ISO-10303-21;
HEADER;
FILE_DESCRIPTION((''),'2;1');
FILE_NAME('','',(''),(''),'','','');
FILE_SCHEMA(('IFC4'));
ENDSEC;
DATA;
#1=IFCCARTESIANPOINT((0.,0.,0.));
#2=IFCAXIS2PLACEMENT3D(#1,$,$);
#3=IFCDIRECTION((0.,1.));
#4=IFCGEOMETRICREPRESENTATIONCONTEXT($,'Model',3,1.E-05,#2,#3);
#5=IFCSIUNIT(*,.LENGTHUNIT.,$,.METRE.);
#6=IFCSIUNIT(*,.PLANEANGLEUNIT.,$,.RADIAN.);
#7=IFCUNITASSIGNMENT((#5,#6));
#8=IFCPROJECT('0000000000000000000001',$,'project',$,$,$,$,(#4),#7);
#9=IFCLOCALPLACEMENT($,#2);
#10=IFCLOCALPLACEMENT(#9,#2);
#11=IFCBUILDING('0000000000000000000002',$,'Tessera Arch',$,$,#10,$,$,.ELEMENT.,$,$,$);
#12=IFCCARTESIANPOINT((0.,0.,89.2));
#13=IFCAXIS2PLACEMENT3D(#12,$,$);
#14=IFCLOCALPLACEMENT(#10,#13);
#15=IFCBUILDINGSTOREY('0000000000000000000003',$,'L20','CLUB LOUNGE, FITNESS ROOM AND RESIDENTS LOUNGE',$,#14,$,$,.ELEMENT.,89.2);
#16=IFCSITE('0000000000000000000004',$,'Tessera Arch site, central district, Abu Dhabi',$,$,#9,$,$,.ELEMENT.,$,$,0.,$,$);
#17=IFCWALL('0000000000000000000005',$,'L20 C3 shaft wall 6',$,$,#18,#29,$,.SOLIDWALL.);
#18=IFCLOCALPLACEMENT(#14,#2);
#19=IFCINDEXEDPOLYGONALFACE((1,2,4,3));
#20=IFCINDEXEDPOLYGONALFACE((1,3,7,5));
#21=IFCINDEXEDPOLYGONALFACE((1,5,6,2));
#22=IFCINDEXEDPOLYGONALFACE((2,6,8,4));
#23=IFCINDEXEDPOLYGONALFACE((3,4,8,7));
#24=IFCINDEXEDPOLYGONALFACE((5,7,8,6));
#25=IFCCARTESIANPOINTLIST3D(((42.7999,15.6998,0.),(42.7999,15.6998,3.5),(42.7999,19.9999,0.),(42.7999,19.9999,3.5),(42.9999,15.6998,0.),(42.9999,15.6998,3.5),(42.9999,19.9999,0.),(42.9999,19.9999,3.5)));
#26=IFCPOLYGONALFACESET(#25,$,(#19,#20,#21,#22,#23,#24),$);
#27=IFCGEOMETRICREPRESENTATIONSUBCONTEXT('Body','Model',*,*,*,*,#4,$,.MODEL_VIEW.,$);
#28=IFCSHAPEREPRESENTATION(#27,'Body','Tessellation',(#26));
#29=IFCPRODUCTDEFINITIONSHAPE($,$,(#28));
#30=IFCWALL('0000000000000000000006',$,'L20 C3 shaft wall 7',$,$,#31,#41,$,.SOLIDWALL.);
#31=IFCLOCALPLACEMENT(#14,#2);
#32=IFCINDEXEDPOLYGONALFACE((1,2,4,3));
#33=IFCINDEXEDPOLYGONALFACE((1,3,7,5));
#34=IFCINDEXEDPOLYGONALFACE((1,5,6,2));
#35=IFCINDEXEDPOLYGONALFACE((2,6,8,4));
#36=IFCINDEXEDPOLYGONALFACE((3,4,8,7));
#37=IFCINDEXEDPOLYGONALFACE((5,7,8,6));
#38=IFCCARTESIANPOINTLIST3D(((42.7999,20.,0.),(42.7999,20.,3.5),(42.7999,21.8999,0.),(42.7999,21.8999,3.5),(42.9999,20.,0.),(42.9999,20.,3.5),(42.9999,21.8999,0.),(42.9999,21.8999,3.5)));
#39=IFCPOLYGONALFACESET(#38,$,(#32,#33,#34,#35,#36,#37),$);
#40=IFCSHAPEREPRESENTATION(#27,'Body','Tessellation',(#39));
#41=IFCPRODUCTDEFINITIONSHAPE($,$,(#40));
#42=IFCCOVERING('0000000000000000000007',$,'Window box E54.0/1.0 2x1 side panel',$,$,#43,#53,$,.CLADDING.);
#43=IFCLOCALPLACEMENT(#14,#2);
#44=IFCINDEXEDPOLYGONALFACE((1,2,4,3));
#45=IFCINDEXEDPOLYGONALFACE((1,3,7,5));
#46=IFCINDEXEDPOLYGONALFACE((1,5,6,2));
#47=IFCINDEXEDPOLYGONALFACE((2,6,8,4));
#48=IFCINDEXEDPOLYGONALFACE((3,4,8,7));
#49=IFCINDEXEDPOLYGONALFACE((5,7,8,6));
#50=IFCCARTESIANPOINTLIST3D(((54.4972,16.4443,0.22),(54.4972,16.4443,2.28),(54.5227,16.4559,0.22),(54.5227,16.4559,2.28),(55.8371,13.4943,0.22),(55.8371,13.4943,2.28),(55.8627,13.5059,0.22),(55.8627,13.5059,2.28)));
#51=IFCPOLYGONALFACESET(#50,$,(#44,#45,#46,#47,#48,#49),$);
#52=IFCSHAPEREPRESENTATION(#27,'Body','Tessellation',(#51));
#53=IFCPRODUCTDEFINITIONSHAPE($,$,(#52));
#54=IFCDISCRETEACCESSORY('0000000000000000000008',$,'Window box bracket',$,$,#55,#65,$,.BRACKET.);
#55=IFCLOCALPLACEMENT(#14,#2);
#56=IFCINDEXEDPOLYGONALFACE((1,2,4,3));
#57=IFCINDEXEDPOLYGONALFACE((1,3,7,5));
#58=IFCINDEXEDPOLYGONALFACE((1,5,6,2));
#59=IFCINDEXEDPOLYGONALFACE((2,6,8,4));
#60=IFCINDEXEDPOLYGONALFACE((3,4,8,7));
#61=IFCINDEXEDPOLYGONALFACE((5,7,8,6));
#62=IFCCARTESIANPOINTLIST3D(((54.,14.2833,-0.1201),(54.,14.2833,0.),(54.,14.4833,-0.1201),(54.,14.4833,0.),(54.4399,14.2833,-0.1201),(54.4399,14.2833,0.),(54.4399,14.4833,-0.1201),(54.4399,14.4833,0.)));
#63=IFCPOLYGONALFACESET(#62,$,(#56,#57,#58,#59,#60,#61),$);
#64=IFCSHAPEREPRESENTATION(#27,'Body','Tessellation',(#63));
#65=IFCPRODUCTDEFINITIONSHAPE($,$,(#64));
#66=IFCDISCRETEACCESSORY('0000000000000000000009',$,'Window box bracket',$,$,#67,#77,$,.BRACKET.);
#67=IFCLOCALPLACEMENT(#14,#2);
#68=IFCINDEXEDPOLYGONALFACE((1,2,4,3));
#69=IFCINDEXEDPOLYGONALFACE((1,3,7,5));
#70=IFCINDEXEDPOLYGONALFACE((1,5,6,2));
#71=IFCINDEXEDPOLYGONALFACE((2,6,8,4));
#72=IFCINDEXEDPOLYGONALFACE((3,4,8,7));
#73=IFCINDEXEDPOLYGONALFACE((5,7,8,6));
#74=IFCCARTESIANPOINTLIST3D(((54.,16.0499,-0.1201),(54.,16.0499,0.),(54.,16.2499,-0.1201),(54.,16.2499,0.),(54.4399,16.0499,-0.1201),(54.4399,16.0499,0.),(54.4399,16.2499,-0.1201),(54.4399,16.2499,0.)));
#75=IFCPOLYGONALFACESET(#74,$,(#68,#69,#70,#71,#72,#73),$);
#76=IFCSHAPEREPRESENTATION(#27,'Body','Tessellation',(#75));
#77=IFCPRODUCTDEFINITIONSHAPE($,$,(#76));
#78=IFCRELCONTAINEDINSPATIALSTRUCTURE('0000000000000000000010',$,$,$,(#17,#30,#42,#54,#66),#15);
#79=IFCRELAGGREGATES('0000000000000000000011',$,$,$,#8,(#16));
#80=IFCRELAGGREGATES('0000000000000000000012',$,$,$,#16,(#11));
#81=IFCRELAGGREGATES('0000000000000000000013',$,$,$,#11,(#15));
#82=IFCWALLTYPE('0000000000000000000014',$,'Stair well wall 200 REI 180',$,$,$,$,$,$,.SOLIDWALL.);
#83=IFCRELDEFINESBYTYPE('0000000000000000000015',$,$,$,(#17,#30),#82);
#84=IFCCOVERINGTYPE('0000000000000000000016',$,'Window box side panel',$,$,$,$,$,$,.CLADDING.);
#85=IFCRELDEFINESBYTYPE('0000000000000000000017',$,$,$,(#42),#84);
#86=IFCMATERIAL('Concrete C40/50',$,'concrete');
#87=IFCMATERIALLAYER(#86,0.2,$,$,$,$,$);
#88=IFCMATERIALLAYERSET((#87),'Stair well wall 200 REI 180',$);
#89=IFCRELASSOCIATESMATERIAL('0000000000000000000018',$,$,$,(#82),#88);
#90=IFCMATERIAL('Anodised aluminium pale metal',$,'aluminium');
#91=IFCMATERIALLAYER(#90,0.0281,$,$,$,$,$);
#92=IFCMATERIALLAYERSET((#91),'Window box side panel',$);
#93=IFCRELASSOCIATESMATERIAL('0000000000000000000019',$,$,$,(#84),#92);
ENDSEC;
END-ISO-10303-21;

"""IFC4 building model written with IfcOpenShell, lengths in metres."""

from ifc_helpers import new_model, si_unit, direction, frame, frame_2d, origin, origin_2d, place, context, subcontext, project, spatial, rectangle, extrude, material, layer, layer_set, type_object, element, save


model = new_model("IFC4")

# Units and contexts
model_context = context("Model", 3, precision=1e-05, world=origin(), true_north=direction((0.0, 1.0)))
body_context = subcontext(model_context, "Body", "Model", "MODEL_VIEW")
ifc_project = project(units=[si_unit("LENGTHUNIT", "METRE"), si_unit("PLANEANGLEUNIT", "RADIAN")], contexts=[model_context])

# Site, building, storey
site_placement = place(None, origin())
site = spatial("IfcSite", under=ifc_project, at=site_placement, Name="Tessera Arch site, central district, Abu Dhabi", CompositionType="ELEMENT", RefElevation=0.0)
building_placement = place(site_placement, origin())
building = spatial("IfcBuilding", under=site, at=building_placement, Name="Tessera Arch", CompositionType="ELEMENT")
storey_placement = place(building_placement, frame((0.0, 0.0, 89.2)))
storey = spatial("IfcBuildingStorey", under=building, at=storey_placement, Name="L20", Description="CLUB LOUNGE, FITNESS ROOM AND RESIDENTS LOUNGE", CompositionType="ELEMENT", Elevation=89.2)

# Walls
ifc_material_1 = material(Name="Concrete C40/50", Category="concrete")
ifc_layer_1 = layer(ifc_material_1, 0.2)
ifc_layer_set_1 = layer_set([ifc_layer_1], Name="Stair well wall 200 REI 180")
wall_type_1 = type_object("IfcWallType", Name="Stair well wall 200 REI 180", PredefinedType="SOLIDWALL", material=ifc_layer_set_1)
wall_1_placement = place(storey_placement, frame((42.8999, 15.7, 0.0), z_axis=(0.0, 0.0, 1.0), x_axis=(0.0, 1.0, 0.0)))
element("IfcWall", 1, at=wall_1_placement, inside=storey, type_object=wall_type_1, Name="L20 C3 shaft wall 6", PredefinedType="SOLIDWALL", context=body_context, shape_type="SweptSolid", body=[
    extrude(rectangle(XDim=4.3, YDim=0.2, at=frame_2d((2.1499, 0.0))), origin(), (0.0, 0.0, 1.0), 3.5),
])
wall_2_placement = place(storey_placement, frame((42.8999, 20.0, 0.0), z_axis=(0.0, 0.0, 1.0), x_axis=(0.0, 1.0, 0.0)))
element("IfcWall", 2, at=wall_2_placement, inside=storey, type_object=wall_type_1, Name="L20 C3 shaft wall 7", PredefinedType="SOLIDWALL", context=body_context, shape_type="SweptSolid", body=[
    extrude(rectangle(XDim=1.8999, YDim=0.2, at=frame_2d((0.95, 0.0))), origin(), (0.0, 0.0, 1.0), 3.5),
])

# Covering
ifc_material_2 = material(Name="Anodised aluminium pale metal", Category="aluminium")
ifc_layer_2 = layer(ifc_material_2, 0.0281)
ifc_layer_set_2 = layer_set([ifc_layer_2], Name="Window box side panel")
covering_type = type_object("IfcCoveringType", Name="Window box side panel", PredefinedType="CLADDING", material=ifc_layer_set_2)
covering_placement = place(storey_placement, frame((55.1799, 14.9751, 0.22), z_axis=(0.0, 0.0, 1.0), x_axis=(0.41357, -0.910472, 0.0)))
element("IfcCovering", 3, at=covering_placement, inside=storey, type_object=covering_type, Name="Window box E54.0/1.0 2x1 side panel", PredefinedType="CLADDING", context=body_context, shape_type="SweptSolid", body=[
    extrude(rectangle(XDim=3.24, YDim=0.0281, at=origin_2d()), origin(), (0.0, 0.0, 1.0), 2.0601),
])

# Discrete accessories
for number, where, z_axis, x_axis, name in (
    (4, (54.22, 14.3833, -0.1201), (0.0, 0.0, 1.0), (1.0, 0.0, 0.0), "Window box bracket"),
    (5, (54.22, 16.1499, -0.1201), (0.0, 0.0, 1.0), (1.0, 0.0, 0.0), "Window box bracket"),
):
    element("IfcDiscreteAccessory", number, at=place(storey_placement, frame(where, z_axis=z_axis, x_axis=x_axis)), inside=storey, Name=name, PredefinedType="BRACKET", context=body_context, shape_type="SweptSolid", body=[
        extrude(rectangle(XDim=0.4399, YDim=0.2, at=origin_2d()), origin(), (0.0, 0.0, 1.0), 0.1201),
    ])

save(model, "model.ifc")
